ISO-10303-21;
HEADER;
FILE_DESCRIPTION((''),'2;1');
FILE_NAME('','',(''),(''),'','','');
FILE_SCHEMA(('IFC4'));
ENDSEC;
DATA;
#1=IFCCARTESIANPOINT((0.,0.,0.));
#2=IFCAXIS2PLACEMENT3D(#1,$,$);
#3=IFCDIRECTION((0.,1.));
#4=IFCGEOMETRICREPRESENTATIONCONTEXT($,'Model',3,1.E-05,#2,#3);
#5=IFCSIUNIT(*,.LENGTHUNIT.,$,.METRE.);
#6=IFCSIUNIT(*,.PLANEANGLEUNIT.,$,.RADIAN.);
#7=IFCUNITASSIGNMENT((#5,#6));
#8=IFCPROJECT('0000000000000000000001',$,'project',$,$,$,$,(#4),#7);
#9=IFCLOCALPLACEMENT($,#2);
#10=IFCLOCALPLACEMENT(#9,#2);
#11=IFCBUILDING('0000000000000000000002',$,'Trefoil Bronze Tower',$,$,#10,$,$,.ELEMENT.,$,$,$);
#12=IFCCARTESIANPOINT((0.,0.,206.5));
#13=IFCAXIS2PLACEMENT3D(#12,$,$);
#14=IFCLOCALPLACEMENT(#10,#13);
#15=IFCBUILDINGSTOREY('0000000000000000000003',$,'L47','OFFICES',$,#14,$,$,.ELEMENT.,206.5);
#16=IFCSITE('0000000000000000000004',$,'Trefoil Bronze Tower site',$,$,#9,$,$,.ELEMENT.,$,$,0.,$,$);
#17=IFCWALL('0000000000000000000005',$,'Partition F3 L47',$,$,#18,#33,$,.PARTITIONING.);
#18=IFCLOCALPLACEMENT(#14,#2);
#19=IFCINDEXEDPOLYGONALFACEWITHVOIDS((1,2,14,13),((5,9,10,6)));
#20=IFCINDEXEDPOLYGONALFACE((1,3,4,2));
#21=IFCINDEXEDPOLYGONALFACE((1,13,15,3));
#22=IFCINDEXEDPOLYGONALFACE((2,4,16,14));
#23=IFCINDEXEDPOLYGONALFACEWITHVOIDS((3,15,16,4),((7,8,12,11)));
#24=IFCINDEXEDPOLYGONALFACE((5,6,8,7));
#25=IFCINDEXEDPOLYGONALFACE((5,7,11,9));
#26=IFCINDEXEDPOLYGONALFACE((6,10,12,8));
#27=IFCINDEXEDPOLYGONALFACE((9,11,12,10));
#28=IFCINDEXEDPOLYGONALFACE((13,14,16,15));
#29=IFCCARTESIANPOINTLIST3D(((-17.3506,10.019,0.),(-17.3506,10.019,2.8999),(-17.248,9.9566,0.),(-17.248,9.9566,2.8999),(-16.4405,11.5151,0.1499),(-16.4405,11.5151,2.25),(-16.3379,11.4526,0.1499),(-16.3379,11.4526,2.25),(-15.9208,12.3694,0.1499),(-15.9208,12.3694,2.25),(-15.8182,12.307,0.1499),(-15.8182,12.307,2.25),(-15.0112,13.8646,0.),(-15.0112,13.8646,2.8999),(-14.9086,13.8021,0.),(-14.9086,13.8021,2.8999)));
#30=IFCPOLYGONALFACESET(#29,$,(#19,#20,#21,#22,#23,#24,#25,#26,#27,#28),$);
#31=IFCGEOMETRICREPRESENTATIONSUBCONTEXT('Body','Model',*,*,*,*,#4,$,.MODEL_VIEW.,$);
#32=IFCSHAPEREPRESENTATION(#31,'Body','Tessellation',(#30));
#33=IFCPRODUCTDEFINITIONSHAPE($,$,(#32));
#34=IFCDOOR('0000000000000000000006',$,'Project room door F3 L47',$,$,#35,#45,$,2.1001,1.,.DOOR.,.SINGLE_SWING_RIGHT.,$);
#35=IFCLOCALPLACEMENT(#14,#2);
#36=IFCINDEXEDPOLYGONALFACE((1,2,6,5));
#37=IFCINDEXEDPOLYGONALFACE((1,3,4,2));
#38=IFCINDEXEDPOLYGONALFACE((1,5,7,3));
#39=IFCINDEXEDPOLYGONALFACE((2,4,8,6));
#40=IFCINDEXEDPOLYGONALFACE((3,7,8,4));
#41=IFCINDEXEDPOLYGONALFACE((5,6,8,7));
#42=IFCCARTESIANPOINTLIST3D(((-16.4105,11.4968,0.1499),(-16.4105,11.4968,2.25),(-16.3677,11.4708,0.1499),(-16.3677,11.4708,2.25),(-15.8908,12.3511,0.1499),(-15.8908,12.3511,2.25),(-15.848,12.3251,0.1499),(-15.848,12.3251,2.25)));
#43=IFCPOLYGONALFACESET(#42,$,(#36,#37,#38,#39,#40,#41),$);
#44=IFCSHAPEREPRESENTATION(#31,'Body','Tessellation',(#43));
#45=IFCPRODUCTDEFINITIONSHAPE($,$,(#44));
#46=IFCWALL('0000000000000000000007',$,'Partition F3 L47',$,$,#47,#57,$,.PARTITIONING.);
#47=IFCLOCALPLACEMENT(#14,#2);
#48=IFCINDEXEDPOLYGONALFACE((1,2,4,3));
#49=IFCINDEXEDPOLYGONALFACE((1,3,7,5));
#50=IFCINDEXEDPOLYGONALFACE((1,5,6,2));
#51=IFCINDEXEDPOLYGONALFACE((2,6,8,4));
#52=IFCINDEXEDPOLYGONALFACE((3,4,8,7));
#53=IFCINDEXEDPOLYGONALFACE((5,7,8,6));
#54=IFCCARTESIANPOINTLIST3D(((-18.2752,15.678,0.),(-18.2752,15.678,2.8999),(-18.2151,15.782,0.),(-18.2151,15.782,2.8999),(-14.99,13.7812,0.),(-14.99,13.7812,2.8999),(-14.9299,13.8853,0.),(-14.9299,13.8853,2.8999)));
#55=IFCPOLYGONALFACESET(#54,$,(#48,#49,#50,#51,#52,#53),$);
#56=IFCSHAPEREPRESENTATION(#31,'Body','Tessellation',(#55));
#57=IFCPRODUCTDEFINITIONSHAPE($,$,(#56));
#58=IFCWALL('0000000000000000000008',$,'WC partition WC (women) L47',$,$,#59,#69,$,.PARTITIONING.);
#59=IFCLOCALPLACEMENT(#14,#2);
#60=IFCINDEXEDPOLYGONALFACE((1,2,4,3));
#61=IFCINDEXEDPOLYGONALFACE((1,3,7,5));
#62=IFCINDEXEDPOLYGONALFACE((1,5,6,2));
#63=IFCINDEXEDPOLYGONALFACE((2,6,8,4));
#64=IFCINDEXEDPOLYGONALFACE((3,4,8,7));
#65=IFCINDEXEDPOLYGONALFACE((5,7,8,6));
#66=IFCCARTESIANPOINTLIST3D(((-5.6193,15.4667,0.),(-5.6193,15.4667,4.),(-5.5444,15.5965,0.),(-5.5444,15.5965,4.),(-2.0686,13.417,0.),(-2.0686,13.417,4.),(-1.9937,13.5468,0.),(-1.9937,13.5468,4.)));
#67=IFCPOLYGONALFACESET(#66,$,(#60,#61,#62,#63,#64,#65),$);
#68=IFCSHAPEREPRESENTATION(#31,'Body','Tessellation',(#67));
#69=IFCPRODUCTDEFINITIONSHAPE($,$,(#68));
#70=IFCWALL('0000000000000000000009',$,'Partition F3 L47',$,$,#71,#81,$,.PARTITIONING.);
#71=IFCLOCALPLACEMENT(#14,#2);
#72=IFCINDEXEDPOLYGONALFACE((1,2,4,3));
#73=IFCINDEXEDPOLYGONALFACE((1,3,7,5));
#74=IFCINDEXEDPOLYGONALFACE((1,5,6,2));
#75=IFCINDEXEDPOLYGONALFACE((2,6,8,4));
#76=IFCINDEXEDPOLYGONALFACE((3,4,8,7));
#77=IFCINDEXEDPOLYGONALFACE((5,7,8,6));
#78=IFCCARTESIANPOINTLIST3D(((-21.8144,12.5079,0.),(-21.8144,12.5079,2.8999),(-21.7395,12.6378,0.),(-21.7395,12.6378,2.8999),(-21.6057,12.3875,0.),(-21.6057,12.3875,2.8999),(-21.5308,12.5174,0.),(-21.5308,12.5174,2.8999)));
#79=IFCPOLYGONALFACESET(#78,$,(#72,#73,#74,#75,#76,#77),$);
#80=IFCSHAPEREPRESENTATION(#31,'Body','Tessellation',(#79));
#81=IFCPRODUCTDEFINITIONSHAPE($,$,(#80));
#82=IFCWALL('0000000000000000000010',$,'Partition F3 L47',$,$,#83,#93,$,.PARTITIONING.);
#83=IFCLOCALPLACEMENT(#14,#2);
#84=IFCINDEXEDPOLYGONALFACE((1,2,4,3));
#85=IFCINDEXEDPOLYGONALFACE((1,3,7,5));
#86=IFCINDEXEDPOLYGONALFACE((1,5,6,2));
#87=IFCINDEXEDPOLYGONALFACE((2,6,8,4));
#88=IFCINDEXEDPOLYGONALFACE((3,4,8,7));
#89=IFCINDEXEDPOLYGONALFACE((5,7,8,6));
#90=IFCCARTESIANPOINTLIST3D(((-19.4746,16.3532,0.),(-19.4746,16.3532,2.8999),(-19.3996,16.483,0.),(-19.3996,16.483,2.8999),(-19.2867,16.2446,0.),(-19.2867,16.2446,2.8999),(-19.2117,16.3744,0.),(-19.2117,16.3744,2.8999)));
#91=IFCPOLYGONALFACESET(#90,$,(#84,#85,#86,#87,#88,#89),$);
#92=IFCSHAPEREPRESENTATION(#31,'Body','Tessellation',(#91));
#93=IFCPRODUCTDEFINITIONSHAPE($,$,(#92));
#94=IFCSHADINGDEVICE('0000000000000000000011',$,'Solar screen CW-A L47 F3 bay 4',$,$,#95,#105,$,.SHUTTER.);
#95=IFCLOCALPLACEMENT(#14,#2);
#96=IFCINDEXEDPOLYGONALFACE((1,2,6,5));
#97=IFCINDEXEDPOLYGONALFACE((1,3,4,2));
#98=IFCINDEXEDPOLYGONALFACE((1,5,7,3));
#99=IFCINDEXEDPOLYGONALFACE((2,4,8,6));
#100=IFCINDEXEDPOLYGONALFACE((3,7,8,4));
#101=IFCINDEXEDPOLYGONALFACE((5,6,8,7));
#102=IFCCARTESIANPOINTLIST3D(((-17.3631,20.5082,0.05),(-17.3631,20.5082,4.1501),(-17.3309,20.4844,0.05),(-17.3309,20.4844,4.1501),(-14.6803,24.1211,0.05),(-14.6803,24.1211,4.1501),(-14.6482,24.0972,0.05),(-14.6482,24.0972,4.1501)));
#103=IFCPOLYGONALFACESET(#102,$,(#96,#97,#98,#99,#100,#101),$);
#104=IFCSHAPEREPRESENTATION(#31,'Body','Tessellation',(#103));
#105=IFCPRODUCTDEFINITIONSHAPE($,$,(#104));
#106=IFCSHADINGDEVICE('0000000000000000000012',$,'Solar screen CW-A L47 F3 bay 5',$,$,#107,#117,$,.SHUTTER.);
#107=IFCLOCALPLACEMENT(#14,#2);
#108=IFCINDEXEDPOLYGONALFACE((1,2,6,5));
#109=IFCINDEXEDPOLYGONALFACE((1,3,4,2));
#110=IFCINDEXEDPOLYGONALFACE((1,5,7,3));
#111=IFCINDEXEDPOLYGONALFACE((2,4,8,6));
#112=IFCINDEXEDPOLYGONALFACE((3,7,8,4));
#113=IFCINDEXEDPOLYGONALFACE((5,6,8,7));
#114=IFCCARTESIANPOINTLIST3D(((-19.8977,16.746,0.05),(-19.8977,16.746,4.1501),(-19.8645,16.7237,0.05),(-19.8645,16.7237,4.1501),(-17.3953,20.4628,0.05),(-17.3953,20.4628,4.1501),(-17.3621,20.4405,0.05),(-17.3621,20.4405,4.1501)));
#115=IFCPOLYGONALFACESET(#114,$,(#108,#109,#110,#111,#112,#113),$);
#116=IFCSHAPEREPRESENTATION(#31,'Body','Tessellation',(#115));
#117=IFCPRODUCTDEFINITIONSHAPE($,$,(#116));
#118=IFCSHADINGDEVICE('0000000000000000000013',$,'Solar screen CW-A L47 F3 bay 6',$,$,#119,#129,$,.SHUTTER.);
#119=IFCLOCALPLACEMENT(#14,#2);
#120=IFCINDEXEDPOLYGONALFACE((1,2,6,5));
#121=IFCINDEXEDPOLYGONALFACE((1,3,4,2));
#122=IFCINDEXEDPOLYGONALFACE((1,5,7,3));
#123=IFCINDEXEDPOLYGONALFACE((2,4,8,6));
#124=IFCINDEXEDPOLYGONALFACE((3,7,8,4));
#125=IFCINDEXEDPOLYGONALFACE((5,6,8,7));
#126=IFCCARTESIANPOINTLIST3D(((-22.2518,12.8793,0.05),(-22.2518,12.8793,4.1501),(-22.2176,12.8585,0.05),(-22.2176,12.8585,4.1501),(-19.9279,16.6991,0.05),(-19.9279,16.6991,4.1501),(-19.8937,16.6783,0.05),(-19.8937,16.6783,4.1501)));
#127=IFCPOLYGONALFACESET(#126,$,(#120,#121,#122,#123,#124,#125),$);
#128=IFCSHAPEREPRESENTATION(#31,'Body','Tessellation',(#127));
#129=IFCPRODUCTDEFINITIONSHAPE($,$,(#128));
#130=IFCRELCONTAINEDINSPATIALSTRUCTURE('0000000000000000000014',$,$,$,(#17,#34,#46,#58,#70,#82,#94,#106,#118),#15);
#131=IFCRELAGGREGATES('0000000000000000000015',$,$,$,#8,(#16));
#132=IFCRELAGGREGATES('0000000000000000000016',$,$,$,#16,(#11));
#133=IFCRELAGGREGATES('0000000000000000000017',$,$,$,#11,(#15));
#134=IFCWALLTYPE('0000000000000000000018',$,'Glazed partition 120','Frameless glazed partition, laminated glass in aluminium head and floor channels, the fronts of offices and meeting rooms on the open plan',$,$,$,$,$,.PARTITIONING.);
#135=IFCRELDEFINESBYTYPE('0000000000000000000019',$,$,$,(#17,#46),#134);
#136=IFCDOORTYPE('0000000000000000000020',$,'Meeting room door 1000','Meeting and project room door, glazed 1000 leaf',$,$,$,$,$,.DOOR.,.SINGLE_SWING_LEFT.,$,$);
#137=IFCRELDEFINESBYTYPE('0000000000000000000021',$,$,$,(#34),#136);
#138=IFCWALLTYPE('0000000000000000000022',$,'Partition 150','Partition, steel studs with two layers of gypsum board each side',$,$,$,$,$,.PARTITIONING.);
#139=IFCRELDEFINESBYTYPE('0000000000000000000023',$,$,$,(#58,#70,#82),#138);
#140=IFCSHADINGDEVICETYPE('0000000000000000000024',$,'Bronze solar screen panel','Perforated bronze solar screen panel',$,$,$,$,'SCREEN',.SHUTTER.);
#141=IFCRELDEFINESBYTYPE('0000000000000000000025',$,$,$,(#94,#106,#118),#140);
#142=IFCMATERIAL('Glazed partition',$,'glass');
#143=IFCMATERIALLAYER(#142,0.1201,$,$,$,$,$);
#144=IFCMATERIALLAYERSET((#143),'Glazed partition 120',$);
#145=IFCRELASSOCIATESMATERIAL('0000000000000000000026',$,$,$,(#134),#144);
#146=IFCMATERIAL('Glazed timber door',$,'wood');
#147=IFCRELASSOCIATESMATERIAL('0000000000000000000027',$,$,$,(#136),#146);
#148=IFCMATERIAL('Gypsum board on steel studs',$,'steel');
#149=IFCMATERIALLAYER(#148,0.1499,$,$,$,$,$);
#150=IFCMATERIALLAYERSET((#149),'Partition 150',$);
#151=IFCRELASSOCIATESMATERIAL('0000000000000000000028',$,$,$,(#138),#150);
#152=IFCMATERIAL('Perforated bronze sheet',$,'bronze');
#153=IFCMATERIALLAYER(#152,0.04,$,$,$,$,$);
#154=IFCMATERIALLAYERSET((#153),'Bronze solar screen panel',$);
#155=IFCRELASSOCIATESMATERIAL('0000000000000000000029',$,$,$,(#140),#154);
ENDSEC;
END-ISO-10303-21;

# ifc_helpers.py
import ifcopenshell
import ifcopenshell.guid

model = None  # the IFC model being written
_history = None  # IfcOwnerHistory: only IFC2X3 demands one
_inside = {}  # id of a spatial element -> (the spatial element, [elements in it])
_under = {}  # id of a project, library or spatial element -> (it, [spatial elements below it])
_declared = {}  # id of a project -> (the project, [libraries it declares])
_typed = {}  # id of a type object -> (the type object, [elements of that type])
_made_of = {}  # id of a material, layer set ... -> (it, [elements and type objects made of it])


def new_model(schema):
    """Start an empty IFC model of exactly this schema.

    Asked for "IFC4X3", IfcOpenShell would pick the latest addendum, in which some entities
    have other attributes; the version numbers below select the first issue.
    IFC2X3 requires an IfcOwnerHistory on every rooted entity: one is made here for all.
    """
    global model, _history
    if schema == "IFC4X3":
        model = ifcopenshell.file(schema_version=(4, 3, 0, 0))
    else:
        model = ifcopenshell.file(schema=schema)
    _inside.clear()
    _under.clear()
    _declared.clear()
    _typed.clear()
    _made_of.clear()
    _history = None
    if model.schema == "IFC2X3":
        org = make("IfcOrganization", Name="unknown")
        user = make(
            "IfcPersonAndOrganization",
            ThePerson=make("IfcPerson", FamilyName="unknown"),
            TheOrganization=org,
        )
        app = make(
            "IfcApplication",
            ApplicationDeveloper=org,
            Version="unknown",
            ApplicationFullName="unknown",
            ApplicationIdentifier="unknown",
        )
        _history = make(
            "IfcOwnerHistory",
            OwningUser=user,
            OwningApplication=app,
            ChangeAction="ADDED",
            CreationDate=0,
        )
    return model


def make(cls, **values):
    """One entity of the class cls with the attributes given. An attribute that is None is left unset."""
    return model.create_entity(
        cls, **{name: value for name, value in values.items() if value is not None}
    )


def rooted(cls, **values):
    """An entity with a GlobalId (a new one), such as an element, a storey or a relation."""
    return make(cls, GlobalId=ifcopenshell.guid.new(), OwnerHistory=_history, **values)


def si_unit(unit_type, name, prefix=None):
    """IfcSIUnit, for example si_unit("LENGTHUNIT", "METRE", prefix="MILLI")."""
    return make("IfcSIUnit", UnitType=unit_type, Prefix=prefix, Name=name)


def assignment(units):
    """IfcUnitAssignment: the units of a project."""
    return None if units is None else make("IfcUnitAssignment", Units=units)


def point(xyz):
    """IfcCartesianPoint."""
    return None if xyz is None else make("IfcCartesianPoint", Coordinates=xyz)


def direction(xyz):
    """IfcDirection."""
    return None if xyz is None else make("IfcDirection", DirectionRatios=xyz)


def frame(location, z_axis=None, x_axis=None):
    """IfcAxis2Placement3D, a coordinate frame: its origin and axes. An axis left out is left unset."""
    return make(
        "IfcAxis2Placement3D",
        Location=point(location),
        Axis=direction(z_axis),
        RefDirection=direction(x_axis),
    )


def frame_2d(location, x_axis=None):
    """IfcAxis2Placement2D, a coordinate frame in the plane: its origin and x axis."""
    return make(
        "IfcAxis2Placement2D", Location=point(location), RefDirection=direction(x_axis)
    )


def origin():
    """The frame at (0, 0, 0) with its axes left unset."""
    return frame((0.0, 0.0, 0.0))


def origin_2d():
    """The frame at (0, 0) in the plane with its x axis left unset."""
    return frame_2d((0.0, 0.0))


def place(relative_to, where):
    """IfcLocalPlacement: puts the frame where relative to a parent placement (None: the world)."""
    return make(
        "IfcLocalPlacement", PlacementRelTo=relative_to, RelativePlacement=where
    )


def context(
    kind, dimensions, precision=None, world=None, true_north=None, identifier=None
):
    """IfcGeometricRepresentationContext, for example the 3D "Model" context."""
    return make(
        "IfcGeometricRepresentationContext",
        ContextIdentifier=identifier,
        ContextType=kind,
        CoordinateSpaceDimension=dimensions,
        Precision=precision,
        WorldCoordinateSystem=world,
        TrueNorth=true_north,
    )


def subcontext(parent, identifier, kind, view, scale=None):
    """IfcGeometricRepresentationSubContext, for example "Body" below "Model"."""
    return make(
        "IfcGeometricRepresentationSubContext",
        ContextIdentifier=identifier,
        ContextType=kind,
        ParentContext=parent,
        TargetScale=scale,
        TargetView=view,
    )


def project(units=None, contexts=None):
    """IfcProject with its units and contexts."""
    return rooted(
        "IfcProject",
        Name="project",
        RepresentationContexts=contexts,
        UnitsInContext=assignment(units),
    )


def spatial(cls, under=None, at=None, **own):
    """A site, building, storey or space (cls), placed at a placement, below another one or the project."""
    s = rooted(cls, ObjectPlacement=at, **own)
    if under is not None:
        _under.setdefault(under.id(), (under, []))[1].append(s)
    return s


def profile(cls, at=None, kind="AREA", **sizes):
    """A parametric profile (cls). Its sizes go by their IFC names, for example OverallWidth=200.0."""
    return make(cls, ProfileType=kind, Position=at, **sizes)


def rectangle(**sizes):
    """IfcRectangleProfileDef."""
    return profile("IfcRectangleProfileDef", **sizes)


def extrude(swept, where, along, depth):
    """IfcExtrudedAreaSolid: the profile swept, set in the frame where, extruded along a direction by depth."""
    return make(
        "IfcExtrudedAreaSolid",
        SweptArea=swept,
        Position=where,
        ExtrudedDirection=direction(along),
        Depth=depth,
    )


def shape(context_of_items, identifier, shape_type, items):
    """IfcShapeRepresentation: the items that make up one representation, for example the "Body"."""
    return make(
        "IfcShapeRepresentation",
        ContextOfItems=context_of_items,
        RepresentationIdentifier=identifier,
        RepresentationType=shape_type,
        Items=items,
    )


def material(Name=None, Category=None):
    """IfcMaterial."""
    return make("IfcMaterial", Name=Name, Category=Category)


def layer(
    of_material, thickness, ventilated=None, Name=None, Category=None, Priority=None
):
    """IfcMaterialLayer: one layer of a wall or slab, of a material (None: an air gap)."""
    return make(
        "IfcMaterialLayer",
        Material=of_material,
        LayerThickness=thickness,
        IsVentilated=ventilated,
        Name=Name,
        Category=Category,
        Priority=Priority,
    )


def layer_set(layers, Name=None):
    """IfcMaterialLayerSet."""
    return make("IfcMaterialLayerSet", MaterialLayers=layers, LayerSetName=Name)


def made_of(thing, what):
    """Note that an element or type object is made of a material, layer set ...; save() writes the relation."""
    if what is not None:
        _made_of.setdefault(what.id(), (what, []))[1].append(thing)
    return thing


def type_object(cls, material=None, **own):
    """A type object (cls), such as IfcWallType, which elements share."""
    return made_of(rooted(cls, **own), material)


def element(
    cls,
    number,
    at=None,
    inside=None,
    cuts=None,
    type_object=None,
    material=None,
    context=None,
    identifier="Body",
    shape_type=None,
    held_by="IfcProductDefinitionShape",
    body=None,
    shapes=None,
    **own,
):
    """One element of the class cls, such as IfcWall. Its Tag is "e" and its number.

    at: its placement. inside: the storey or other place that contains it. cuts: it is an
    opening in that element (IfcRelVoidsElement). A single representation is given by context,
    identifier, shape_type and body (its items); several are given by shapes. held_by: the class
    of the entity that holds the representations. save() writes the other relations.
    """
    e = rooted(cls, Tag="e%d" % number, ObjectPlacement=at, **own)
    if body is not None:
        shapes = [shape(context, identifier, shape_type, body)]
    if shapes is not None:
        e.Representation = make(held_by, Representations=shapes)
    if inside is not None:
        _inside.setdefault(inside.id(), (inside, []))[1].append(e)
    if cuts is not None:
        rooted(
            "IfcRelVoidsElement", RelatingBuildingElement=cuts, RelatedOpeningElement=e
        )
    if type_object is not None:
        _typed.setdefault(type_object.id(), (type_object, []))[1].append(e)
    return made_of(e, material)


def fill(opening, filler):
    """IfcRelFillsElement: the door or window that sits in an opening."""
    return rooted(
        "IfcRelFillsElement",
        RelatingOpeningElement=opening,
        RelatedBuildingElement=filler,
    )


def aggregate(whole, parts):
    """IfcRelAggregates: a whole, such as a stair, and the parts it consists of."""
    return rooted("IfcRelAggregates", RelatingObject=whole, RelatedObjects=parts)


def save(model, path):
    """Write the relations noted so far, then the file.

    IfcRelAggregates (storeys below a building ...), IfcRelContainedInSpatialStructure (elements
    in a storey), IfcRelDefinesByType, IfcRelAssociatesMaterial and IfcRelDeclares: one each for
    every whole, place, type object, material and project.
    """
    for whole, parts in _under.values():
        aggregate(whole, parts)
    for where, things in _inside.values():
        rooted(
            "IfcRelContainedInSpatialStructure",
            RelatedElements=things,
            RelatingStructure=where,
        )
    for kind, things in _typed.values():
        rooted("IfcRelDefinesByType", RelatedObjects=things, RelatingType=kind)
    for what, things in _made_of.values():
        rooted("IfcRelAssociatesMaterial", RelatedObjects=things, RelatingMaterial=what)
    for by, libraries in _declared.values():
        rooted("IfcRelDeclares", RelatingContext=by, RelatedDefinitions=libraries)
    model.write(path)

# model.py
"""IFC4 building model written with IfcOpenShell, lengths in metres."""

from ifc_helpers import new_model, si_unit, direction, frame, frame_2d, origin, origin_2d, place, context, subcontext, project, spatial, rectangle, extrude, material, layer, layer_set, type_object, element, fill, save


model = new_model("IFC4")

# Units and contexts
model_context = context("Model", 3, precision=1e-05, world=origin(), true_north=direction((0.0, 1.0)))
body_context = subcontext(model_context, "Body", "Model", "MODEL_VIEW")
ifc_project = project(units=[si_unit("LENGTHUNIT", "METRE"), si_unit("PLANEANGLEUNIT", "RADIAN")], contexts=[model_context])

# Site, building, storey
site_placement = place(None, origin())
site = spatial("IfcSite", under=ifc_project, at=site_placement, Name="Trefoil Bronze Tower site", CompositionType="ELEMENT", RefElevation=0.0)
building_placement = place(site_placement, origin())
building = spatial("IfcBuilding", under=site, at=building_placement, Name="Trefoil Bronze Tower", CompositionType="ELEMENT")
storey_placement = place(building_placement, frame((0.0, 0.0, 206.5)))
storey = spatial("IfcBuildingStorey", under=building, at=storey_placement, Name="L47", Description="OFFICES", CompositionType="ELEMENT", Elevation=206.5)

# Wall, opening, door
ifc_material_1 = material(Name="Glazed partition", Category="glass")
ifc_layer_1 = layer(ifc_material_1, 0.1201)
ifc_layer_set_1 = layer_set([ifc_layer_1], Name="Glazed partition 120")
wall_type_1 = type_object("IfcWallType", Name="Glazed partition 120", Description="Frameless glazed partition, laminated glass in aluminium head and floor channels, the fronts of offices and meeting rooms on the open plan", PredefinedType="PARTITIONING", material=ifc_layer_set_1)
wall_1_placement = place(storey_placement, frame((-14.96, 13.8333, 0.0), z_axis=(0.0, 0.0, 1.0), x_axis=(-0.519727, -0.854333, 0.0)))
wall_1 = element("IfcWall", 1, at=wall_1_placement, inside=storey, type_object=wall_type_1, Name="Partition F3 L47", PredefinedType="PARTITIONING", context=body_context, shape_type="SweptSolid", body=[
    extrude(rectangle(XDim=4.5012, YDim=0.1201, at=frame_2d((2.2505, 0.0))), origin(), (0.0, 0.0, 1.0), 2.8999),
])
opening_1_placement = place(wall_1_placement, frame((1.75, 0.0, 0.1499)))
opening_1 = element("IfcOpeningElement", 2, at=opening_1_placement, cuts=wall_1, PredefinedType="OPENING", context=body_context, shape_type="SweptSolid", body=[
    extrude(rectangle(XDim=1.0, YDim=2.1001, at=frame_2d((0.5, 1.05))), frame((0.0, 0.0701, 0.0), z_axis=(0.0, -1.0, 0.0), x_axis=(1.0, 0.0, 0.0)), (0.0, 0.0, 1.0), 0.1401),
])
ifc_material_2 = material(Name="Glazed timber door", Category="wood")
door_type_1 = type_object("IfcDoorType", Name="Meeting room door 1000", Description="Meeting and project room door, glazed 1000 leaf", OperationType="SINGLE_SWING_LEFT", PredefinedType="DOOR", material=ifc_material_2)
door_1_placement = place(opening_1_placement, frame((1.0, 0.0, 0.0), z_axis=(0.0, 0.0, 1.0), x_axis=(-1.0, 0.0, 0.0)))
door_1 = element("IfcDoor", 3, at=door_1_placement, inside=storey, type_object=door_type_1, Name="Project room door F3 L47", OperationType="SINGLE_SWING_RIGHT", OverallHeight=2.1001, OverallWidth=1.0, PredefinedType="DOOR", context=body_context, shape_type="SweptSolid", body=[
    extrude(rectangle(XDim=1.0, YDim=2.1001, at=frame_2d((0.5, 1.05))), frame((0.0, 0.0249, 0.0), z_axis=(0.0, -1.0, 0.0), x_axis=(1.0, 0.0, 0.0)), (0.0, 0.0, 1.0), 0.05),
])
fill(opening_1, door_1)

# Walls
wall_2_placement = place(storey_placement, frame((-14.96, 13.8333, 0.0), z_axis=(0.0, 0.0, 1.0), x_axis=(-0.866021, 0.500008, 0.0)))
element("IfcWall", 4, at=wall_2_placement, inside=storey, type_object=wall_type_1, Name="Partition F3 L47", PredefinedType="PARTITIONING", context=body_context, shape_type="SweptSolid", body=[
    extrude(rectangle(XDim=3.7935, YDim=0.1201, at=frame_2d((1.8967, 0.0))), origin(), (0.0, 0.0, 1.0), 2.8999),
])
ifc_material_3 = material(Name="Gypsum board on steel studs", Category="steel")
ifc_layer_2 = layer(ifc_material_3, 0.1499)
ifc_layer_set_2 = layer_set([ifc_layer_2], Name="Partition 150")
wall_type_2 = type_object("IfcWallType", Name="Partition 150", Description="Partition, steel studs with two layers of gypsum board each side", PredefinedType="PARTITIONING", material=ifc_layer_set_2)
wall_3_placement = place(storey_placement, frame((-2.0312, 13.4819, 0.0), z_axis=(0.0, 0.0, 1.0), x_axis=(-0.866051, 0.499956, 0.0)))
element("IfcWall", 5, at=wall_3_placement, inside=storey, type_object=wall_type_2, Name="WC partition WC (women) L47", PredefinedType="PARTITIONING", context=body_context, shape_type="SweptSolid", body=[
    extrude(rectangle(XDim=4.0999, YDim=0.1499, at=frame_2d((2.0498, 0.0))), origin(), (0.0, 0.0, 1.0), 4.0),
])
wall_4_placement = place(storey_placement, frame((-21.5681, 12.4524, 0.0), z_axis=(0.0, 0.0, 1.0), x_axis=(-0.866304, 0.499518, 0.0)))
element("IfcWall", 6, at=wall_4_placement, inside=storey, type_object=wall_type_2, Name="Partition F3 L47", PredefinedType="PARTITIONING", context=body_context, shape_type="SweptSolid", body=[
    extrude(rectangle(XDim=0.241, YDim=0.1499, at=frame_2d((0.1206, 0.0))), origin(), (0.0, 0.0, 1.0), 2.8999),
])
wall_5_placement = place(storey_placement, frame((-19.2493, 16.3096, 0.0), z_axis=(0.0, 0.0, 1.0), x_axis=(-0.865811, 0.500371, 0.0)))
element("IfcWall", 7, at=wall_5_placement, inside=storey, type_object=wall_type_2, Name="Partition F3 L47", PredefinedType="PARTITIONING", context=body_context, shape_type="SweptSolid", body=[
    extrude(rectangle(XDim=0.217, YDim=0.1499, at=frame_2d((0.1084, 0.0))), origin(), (0.0, 0.0, 1.0), 2.8999),
])

# Shading devices
ifc_material_4 = material(Name="Perforated bronze sheet", Category="bronze")
ifc_layer_3 = layer(ifc_material_4, 0.04)
ifc_layer_set_3 = layer_set([ifc_layer_3], Name="Bronze solar screen panel")
shading_device_type = type_object("IfcShadingDeviceType", Name="Bronze solar screen panel", Description="Perforated bronze solar screen panel", ElementType="SCREEN", PredefinedType="SHUTTER", material=ifc_layer_set_3)
shading_device_1_placement = place(storey_placement, frame((-16.0056, 22.3027, 0.05), z_axis=(0.0, 0.0, 1.0), x_axis=(-0.596162, -0.802865, 0.0)))
element("IfcShadingDevice", 8, at=shading_device_1_placement, inside=storey, type_object=shading_device_type, Name="Solar screen CW-A L47 F3 bay 4", PredefinedType="SHUTTER", context=body_context, shape_type="SweptSolid", body=[
    extrude(rectangle(XDim=4.5, YDim=0.04, at=origin_2d()), origin(), (0.0, 0.0, 1.0), 4.1001),
])
shading_device_2_placement = place(storey_placement, frame((-18.6299, 18.5933, 0.05), z_axis=(0.0, 0.0, 1.0), x_axis=(-0.558493, -0.829509, 0.0)))
element("IfcShadingDevice", 9, at=shading_device_2_placement, inside=storey, type_object=shading_device_type, Name="Solar screen CW-A L47 F3 bay 5", PredefinedType="SHUTTER", context=body_context, shape_type="SweptSolid", body=[
    extrude(rectangle(XDim=4.4807, YDim=0.04, at=origin_2d()), origin(), (0.0, 0.0, 1.0), 4.1001),
])
shading_device_3_placement = place(storey_placement, frame((-21.0728, 14.7788, 0.05), z_axis=(0.0, 0.0, 1.0), x_axis=(-0.519762, -0.854311, 0.0)))
element("IfcShadingDevice", 10, at=shading_device_3_placement, inside=storey, type_object=shading_device_type, Name="Solar screen CW-A L47 F3 bay 6", PredefinedType="SHUTTER", context=body_context, shape_type="SweptSolid", body=[
    extrude(rectangle(XDim=4.4712, YDim=0.04, at=origin_2d()), origin(), (0.0, 0.0, 1.0), 4.1001),
])

save(model, "model.ifc")
